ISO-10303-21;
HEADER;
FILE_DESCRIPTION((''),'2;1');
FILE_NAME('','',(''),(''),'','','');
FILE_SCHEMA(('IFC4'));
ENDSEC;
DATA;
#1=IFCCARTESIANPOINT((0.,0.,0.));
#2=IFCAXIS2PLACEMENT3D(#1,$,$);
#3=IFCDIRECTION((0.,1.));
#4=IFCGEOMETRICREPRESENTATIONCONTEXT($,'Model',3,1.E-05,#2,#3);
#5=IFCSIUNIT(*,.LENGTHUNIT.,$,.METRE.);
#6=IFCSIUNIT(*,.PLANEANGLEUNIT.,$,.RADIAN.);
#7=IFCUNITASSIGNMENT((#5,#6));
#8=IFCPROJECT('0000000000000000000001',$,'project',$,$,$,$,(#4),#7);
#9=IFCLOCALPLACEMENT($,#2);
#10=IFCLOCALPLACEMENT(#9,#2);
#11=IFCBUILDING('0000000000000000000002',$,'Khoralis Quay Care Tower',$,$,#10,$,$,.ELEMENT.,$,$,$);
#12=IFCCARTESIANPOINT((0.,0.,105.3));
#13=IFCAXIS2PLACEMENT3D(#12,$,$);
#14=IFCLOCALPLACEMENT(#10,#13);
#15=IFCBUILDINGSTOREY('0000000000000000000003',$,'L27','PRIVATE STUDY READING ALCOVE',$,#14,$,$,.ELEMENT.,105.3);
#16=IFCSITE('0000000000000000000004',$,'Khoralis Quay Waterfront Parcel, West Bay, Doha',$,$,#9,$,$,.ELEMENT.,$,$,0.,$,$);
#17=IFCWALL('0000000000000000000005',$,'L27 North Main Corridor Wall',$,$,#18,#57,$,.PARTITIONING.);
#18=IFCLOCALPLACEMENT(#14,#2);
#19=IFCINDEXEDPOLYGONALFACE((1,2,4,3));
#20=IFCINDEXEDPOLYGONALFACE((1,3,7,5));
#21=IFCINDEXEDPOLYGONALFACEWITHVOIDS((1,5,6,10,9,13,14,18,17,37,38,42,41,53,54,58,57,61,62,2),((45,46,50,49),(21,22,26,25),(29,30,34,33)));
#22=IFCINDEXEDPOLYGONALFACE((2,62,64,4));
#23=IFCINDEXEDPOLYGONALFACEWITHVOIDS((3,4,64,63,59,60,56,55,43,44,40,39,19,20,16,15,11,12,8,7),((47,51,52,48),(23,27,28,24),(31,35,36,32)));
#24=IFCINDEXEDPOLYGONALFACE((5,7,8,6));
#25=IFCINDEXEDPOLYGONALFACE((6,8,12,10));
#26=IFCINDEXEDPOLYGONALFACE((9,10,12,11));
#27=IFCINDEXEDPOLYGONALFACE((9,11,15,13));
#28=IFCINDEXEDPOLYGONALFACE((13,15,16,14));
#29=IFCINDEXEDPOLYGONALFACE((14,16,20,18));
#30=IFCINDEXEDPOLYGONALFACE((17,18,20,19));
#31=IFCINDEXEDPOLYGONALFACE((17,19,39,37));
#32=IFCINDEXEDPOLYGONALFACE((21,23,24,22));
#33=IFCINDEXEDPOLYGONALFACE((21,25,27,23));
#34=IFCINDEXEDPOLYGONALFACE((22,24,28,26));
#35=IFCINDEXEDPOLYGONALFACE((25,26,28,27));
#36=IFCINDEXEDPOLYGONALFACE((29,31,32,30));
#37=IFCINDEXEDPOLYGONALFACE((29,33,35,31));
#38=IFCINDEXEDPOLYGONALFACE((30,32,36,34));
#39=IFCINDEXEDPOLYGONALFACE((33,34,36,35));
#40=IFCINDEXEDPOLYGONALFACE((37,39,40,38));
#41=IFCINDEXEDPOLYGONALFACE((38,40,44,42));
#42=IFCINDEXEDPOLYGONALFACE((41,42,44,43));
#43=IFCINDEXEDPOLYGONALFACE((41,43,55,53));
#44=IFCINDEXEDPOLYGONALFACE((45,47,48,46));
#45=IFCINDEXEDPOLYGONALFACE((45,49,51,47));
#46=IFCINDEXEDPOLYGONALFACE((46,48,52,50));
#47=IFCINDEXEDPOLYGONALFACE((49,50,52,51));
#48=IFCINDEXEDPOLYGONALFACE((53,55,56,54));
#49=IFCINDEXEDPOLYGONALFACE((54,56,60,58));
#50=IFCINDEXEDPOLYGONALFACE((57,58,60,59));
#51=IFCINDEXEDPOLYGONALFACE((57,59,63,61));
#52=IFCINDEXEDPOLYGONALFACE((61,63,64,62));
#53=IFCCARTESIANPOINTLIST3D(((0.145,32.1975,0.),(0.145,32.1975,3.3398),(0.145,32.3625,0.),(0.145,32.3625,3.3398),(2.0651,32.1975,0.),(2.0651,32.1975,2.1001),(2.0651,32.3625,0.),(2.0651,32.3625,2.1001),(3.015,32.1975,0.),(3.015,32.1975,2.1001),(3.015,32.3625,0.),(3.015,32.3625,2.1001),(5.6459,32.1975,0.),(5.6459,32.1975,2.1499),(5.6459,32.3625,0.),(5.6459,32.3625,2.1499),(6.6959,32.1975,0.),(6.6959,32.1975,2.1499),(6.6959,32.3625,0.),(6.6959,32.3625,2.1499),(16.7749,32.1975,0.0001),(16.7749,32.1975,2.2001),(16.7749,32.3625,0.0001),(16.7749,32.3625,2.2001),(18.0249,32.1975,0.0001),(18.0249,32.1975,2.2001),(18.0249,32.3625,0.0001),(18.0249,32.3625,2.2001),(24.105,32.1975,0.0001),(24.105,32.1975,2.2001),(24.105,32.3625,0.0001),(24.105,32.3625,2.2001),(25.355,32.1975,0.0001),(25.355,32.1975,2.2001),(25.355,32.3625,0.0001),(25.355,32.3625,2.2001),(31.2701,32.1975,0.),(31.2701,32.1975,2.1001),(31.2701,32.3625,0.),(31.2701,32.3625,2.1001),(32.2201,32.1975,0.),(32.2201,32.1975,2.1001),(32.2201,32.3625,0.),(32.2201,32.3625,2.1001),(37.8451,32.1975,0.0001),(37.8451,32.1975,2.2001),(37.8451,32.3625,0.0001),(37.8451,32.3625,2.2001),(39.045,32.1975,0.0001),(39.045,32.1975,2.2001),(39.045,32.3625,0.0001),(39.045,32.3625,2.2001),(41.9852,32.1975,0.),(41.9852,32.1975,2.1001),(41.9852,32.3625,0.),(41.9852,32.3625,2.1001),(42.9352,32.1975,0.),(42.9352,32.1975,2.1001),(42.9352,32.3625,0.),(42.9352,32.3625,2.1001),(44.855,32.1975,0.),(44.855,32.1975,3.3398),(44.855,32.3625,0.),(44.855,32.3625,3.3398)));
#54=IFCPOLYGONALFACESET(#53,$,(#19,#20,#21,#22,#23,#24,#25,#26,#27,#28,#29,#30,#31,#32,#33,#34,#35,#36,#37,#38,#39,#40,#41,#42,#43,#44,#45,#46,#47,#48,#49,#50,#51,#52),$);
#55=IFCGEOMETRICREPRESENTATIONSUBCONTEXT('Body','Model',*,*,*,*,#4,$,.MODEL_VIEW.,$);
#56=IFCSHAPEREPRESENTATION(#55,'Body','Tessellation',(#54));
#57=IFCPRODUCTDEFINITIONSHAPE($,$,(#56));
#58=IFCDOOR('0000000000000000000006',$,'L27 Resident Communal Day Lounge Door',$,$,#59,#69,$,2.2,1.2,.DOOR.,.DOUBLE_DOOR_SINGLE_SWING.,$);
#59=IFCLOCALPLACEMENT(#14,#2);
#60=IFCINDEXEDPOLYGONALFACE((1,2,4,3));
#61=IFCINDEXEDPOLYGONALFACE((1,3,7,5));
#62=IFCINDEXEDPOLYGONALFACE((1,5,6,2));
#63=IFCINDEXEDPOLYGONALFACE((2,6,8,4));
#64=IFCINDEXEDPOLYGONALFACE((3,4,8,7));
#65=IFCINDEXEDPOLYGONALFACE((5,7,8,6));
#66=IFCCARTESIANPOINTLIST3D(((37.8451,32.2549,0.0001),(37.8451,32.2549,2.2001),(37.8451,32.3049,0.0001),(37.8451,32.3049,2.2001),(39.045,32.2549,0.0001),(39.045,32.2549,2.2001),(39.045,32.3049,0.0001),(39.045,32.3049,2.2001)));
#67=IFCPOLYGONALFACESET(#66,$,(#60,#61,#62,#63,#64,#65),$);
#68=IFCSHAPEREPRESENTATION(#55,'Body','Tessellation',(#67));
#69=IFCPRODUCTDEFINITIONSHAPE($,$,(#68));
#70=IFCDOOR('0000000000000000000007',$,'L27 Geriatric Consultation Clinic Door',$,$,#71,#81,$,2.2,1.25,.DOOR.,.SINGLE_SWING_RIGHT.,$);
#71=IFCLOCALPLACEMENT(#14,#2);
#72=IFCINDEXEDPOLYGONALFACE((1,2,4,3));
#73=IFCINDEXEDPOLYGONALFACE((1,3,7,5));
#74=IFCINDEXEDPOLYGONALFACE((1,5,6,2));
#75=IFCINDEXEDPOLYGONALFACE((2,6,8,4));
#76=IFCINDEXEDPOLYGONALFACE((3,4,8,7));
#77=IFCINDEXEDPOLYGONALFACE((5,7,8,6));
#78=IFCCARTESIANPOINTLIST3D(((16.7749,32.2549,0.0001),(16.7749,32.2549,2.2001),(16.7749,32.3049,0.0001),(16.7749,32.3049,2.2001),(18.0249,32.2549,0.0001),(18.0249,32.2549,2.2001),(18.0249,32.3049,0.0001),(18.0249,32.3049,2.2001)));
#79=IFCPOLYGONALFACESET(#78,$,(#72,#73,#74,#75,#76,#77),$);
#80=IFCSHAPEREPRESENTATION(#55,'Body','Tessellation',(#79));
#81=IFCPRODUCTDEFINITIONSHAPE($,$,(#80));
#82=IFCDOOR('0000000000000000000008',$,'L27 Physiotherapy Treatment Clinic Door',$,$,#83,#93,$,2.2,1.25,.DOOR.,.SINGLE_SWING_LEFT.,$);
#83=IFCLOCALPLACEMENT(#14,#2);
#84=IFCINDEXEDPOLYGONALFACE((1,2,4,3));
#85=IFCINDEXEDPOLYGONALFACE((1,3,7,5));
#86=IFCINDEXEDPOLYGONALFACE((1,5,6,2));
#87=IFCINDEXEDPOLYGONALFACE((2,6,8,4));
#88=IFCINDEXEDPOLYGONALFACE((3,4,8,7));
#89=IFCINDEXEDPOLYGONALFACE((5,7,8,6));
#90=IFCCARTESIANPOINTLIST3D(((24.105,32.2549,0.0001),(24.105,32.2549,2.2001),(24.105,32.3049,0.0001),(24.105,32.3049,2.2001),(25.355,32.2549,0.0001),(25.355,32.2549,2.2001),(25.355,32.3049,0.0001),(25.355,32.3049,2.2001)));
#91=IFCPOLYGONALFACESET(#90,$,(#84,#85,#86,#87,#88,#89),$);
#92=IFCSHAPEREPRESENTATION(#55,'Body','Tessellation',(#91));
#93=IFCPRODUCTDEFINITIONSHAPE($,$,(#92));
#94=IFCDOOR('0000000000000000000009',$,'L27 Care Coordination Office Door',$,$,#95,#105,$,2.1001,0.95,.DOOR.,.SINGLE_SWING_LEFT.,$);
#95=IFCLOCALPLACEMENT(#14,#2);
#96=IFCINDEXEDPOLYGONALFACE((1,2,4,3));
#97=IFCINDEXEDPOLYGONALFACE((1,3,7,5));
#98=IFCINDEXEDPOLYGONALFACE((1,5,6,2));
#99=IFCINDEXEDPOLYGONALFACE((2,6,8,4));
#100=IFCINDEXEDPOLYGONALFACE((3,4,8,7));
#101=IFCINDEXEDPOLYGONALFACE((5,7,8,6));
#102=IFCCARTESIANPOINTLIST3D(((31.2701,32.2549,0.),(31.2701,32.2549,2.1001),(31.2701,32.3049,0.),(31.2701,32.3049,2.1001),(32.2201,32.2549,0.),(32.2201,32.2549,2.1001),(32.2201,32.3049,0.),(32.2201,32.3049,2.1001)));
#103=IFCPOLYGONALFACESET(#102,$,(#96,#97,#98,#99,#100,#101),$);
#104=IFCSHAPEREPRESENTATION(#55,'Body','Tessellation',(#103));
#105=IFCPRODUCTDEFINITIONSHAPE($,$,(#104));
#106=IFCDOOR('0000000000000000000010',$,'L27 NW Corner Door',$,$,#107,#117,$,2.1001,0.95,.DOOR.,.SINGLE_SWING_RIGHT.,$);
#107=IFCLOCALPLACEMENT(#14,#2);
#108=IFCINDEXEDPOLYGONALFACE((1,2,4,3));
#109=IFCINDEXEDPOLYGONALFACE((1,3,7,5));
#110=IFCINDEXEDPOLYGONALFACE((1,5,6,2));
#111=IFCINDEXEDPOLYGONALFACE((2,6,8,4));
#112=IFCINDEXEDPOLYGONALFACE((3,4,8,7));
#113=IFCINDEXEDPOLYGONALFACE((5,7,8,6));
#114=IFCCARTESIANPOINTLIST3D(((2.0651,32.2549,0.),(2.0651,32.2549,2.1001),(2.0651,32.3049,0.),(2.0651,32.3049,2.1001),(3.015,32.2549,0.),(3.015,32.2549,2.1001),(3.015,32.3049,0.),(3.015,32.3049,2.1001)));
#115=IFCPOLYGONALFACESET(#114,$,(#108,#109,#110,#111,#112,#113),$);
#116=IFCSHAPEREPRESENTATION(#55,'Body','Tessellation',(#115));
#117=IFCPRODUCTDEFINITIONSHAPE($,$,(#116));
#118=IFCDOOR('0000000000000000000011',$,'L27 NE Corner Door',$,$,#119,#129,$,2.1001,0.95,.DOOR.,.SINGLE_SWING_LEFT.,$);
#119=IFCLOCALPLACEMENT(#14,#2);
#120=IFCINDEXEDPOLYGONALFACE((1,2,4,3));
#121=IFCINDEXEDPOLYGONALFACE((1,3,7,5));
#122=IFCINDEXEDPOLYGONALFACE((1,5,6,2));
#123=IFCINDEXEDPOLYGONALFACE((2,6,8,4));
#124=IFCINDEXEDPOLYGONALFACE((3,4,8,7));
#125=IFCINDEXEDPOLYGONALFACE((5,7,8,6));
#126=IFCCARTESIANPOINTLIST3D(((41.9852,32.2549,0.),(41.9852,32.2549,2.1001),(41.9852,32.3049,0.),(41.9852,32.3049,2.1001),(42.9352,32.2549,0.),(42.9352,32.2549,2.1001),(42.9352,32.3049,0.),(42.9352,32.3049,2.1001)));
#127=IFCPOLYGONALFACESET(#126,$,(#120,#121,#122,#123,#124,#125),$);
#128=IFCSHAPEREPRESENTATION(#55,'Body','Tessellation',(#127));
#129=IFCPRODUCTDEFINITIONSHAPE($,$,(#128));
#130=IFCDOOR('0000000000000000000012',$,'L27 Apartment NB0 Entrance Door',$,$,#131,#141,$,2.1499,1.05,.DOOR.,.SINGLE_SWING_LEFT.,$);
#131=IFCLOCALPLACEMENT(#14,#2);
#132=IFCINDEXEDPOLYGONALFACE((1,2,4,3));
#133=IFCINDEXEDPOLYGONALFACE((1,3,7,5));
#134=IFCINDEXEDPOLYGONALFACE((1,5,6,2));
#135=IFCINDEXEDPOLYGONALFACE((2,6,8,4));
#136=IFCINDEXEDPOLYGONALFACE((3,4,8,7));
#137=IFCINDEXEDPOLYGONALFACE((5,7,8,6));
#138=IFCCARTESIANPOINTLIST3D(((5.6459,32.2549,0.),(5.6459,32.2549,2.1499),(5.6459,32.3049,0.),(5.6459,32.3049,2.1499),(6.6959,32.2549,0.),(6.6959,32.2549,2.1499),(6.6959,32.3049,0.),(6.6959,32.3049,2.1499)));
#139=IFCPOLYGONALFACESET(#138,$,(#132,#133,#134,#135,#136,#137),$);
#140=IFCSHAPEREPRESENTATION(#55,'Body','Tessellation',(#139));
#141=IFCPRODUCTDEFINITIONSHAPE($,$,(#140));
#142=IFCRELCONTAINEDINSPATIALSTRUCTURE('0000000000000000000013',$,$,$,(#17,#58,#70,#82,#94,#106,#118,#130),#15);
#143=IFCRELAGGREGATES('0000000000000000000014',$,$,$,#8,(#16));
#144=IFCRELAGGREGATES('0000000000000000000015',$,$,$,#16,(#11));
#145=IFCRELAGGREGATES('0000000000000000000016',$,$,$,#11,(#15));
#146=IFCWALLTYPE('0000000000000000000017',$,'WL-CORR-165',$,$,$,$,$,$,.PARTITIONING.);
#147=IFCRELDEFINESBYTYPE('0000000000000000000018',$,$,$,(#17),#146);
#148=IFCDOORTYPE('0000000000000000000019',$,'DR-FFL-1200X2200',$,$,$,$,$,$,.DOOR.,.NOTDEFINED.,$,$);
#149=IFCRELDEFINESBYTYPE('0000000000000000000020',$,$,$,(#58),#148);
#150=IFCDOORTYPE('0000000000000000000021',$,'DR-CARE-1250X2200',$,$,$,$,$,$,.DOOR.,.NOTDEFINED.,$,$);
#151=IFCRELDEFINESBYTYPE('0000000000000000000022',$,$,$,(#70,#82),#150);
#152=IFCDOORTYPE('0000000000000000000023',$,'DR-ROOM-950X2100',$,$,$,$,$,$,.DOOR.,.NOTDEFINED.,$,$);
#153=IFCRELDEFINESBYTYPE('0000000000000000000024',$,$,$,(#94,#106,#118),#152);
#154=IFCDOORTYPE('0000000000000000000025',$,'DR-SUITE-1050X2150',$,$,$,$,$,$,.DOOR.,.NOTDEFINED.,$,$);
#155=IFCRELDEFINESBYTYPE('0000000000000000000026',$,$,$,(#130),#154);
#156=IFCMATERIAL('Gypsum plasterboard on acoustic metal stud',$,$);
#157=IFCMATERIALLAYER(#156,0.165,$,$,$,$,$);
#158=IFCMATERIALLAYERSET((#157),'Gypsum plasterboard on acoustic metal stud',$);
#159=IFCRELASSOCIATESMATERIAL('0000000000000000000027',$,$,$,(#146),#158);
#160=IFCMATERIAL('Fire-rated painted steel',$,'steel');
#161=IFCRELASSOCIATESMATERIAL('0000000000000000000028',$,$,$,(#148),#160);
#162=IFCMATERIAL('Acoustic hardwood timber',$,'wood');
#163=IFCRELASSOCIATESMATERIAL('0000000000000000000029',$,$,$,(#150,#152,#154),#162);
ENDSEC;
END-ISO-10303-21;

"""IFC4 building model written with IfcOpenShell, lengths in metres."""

from ifc_helpers import new_model, si_unit, direction, frame, frame_2d, origin, place, context, subcontext, project, spatial, rectangle, extrude, source, transform, mapped, material, layer, layer_set, type_object, element, fill, save


model = new_model("IFC4")

# Units and contexts
model_context = context("Model", 3, precision=1e-05, world=origin(), true_north=direction((0.0, 1.0)))
body_context = subcontext(model_context, "Body", "Model", "MODEL_VIEW")
ifc_project = project(units=[si_unit("LENGTHUNIT", "METRE"), si_unit("PLANEANGLEUNIT", "RADIAN")], contexts=[model_context])

# Site, building, storey
site_placement = place(None, origin())
site = spatial("IfcSite", under=ifc_project, at=site_placement, Name="Khoralis Quay Waterfront Parcel, West Bay, Doha", CompositionType="ELEMENT", RefElevation=0.0)
building_placement = place(site_placement, origin())
building = spatial("IfcBuilding", under=site, at=building_placement, Name="Khoralis Quay Care Tower", CompositionType="ELEMENT")
storey_placement = place(building_placement, frame((0.0, 0.0, 105.3)))
storey = spatial("IfcBuildingStorey", under=building, at=storey_placement, Name="L27", Description="PRIVATE STUDY READING ALCOVE", CompositionType="ELEMENT", Elevation=105.3)

# Wall, openings, doors
ifc_material_1 = material(Name="Gypsum plasterboard on acoustic metal stud")
ifc_layer_1 = layer(ifc_material_1, 0.165)
ifc_layer_set_1 = layer_set([ifc_layer_1], Name="Gypsum plasterboard on acoustic metal stud")
wall_type_1 = type_object("IfcWallType", Name="WL-CORR-165", PredefinedType="PARTITIONING", material=ifc_layer_set_1)
wall_1_placement = place(storey_placement, frame((0.145, 32.28, 0.0), z_axis=(0.0, 0.0, 1.0), x_axis=(1.0, 0.0, 0.0)))
wall_1 = element("IfcWall", 1, at=wall_1_placement, inside=storey, type_object=wall_type_1, Name="L27 North Main Corridor Wall", PredefinedType="PARTITIONING", context=body_context, shape_type="SweptSolid", body=[
    extrude(rectangle(XDim=44.71, YDim=0.165, at=frame_2d((22.355, 0.0))), origin(), (0.0, 0.0, 1.0), 3.3398),
])
opening_1_placement = place(wall_1_placement, frame((5.501, 0.0, 0.0)))
opening_1 = element("IfcOpeningElement", 2, at=opening_1_placement, cuts=wall_1, PredefinedType="OPENING", context=body_context, shape_type="SweptSolid", body=[
    extrude(rectangle(XDim=1.05, YDim=2.1499, at=frame_2d((0.5249, 1.075))), frame((0.0, 0.0925, 0.0), z_axis=(0.0, -1.0, 0.0), x_axis=(1.0, 0.0, 0.0)), (0.0, 0.0, 1.0), 0.1851),
])
opening_2_placement = place(wall_1_placement, frame((16.6299, 0.0, 0.0)))
opening_2 = element("IfcOpeningElement", 3, at=opening_2_placement, cuts=wall_1, PredefinedType="OPENING", context=body_context, shape_type="SweptSolid", body=[
    extrude(rectangle(XDim=1.25, YDim=2.2, at=frame_2d((0.625, 1.1001))), frame((0.0, 0.0925, 0.0), z_axis=(0.0, -1.0, 0.0), x_axis=(1.0, 0.0, 0.0)), (0.0, 0.0, 1.0), 0.1851),
])
opening_3_placement = place(wall_1_placement, frame((23.96, 0.0, 0.0)))
opening_3 = element("IfcOpeningElement", 4, at=opening_3_placement, cuts=wall_1, PredefinedType="OPENING", context=body_context, shape_type="SweptSolid", body=[
    extrude(rectangle(XDim=1.25, YDim=2.2, at=frame_2d((0.625, 1.1001))), frame((0.0, 0.0925, 0.0), z_axis=(0.0, -1.0, 0.0), x_axis=(1.0, 0.0, 0.0)), (0.0, 0.0, 1.0), 0.1851),
])
opening_4_placement = place(wall_1_placement, frame((31.125, 0.0, 0.0)))
opening_4 = element("IfcOpeningElement", 5, at=opening_4_placement, cuts=wall_1, PredefinedType="OPENING", context=body_context, shape_type="SweptSolid", body=[
    extrude(rectangle(XDim=0.95, YDim=2.1001, at=frame_2d((0.4751, 1.05))), frame((0.0, 0.0925, 0.0), z_axis=(0.0, -1.0, 0.0), x_axis=(1.0, 0.0, 0.0)), (0.0, 0.0, 1.0), 0.1851),
])
opening_5_placement = place(wall_1_placement, frame((37.7, 0.0, 0.0)))
opening_5 = element("IfcOpeningElement", 6, at=opening_5_placement, cuts=wall_1, PredefinedType="OPENING", context=body_context, shape_type="SweptSolid", body=[
    extrude(rectangle(XDim=1.2, YDim=2.2, at=frame_2d((0.6001, 1.1001))), frame((0.0, 0.0925, 0.0), z_axis=(0.0, -1.0, 0.0), x_axis=(1.0, 0.0, 0.0)), (0.0, 0.0, 1.0), 0.1851),
])
opening_6_placement = place(wall_1_placement, frame((1.9199, 0.0, 0.0)))
opening_6 = element("IfcOpeningElement", 7, at=opening_6_placement, cuts=wall_1, PredefinedType="OPENING", context=body_context, shape_type="SweptSolid", body=[
    extrude(rectangle(XDim=0.95, YDim=2.1001, at=frame_2d((0.4751, 1.05))), frame((0.0, 0.0925, 0.0), z_axis=(0.0, -1.0, 0.0), x_axis=(1.0, 0.0, 0.0)), (0.0, 0.0, 1.0), 0.1851),
])
opening_7_placement = place(wall_1_placement, frame((41.8401, 0.0, 0.0)))
opening_7 = element("IfcOpeningElement", 8, at=opening_7_placement, cuts=wall_1, PredefinedType="OPENING", context=body_context, shape_type="SweptSolid", body=[
    extrude(rectangle(XDim=0.95, YDim=2.1001, at=frame_2d((0.4751, 1.05))), frame((0.0, 0.0925, 0.0), z_axis=(0.0, -1.0, 0.0), x_axis=(1.0, 0.0, 0.0)), (0.0, 0.0, 1.0), 0.1851),
])
ifc_material_2 = material(Name="Fire-rated painted steel", Category="steel")
door_type_1 = type_object("IfcDoorType", Name="DR-FFL-1200X2200", OperationType="NOTDEFINED", PredefinedType="DOOR", material=ifc_material_2)
shared_shape_1 = source(origin(), body_context, "Body", "SweptSolid", [
    extrude(rectangle(XDim=1.2, YDim=2.2, at=frame_2d((0.6001, 1.1001))), frame((0.0, 0.0249, 0.0), z_axis=(0.0, -1.0, 0.0), x_axis=(1.0, 0.0, 0.0)), (0.0, 0.0, 1.0), 0.05),
])
door_1_placement = place(opening_5_placement, origin())
door_1 = element("IfcDoor", 9, at=door_1_placement, inside=storey, type_object=door_type_1, Name="L27 Resident Communal Day Lounge Door", OperationType="DOUBLE_DOOR_SINGLE_SWING", OverallHeight=2.2, OverallWidth=1.2, PredefinedType="DOOR", context=body_context, shape_type="MappedRepresentation", body=[
    mapped(shared_shape_1, transform((0.0, 0.0, 0.0), scale=1.0)),
])
fill(opening_5, door_1)
ifc_material_3 = material(Name="Acoustic hardwood timber", Category="wood")
door_type_2 = type_object("IfcDoorType", Name="DR-CARE-1250X2200", OperationType="NOTDEFINED", PredefinedType="DOOR", material=ifc_material_3)
shared_shape_2 = source(origin(), body_context, "Body", "SweptSolid", [
    extrude(rectangle(XDim=1.25, YDim=2.2, at=frame_2d((0.625, 1.1001))), frame((0.0, 0.0249, 0.0), z_axis=(0.0, -1.0, 0.0), x_axis=(1.0, 0.0, 0.0)), (0.0, 0.0, 1.0), 0.05),
])
door_2_placement = place(opening_2_placement, origin())
door_2 = element("IfcDoor", 10, at=door_2_placement, inside=storey, type_object=door_type_2, Name="L27 Geriatric Consultation Clinic Door", OperationType="SINGLE_SWING_RIGHT", OverallHeight=2.2, OverallWidth=1.25, PredefinedType="DOOR", context=body_context, shape_type="MappedRepresentation", body=[
    mapped(shared_shape_2, transform((0.0, 0.0, 0.0), scale=1.0)),
])
fill(opening_2, door_2)
door_3_placement = place(opening_3_placement, origin())
door_3 = element("IfcDoor", 11, at=door_3_placement, inside=storey, type_object=door_type_2, Name="L27 Physiotherapy Treatment Clinic Door", OperationType="SINGLE_SWING_LEFT", OverallHeight=2.2, OverallWidth=1.25, PredefinedType="DOOR", context=body_context, shape_type="MappedRepresentation", body=[
    mapped(shared_shape_2, transform((0.0, 0.0, 0.0), scale=1.0)),
])
fill(opening_3, door_3)
door_type_3 = type_object("IfcDoorType", Name="DR-ROOM-950X2100", OperationType="NOTDEFINED", PredefinedType="DOOR", material=ifc_material_3)
shared_shape_3 = source(origin(), body_context, "Body", "SweptSolid", [
    extrude(rectangle(XDim=0.95, YDim=2.1001, at=frame_2d((0.4751, 1.05))), frame((0.0, 0.0249, 0.0), z_axis=(0.0, -1.0, 0.0), x_axis=(1.0, 0.0, 0.0)), (0.0, 0.0, 1.0), 0.05),
])
door_4_placement = place(opening_4_placement, origin())
door_4 = element("IfcDoor", 12, at=door_4_placement, inside=storey, type_object=door_type_3, Name="L27 Care Coordination Office Door", OperationType="SINGLE_SWING_LEFT", OverallHeight=2.1001, OverallWidth=0.95, PredefinedType="DOOR", context=body_context, shape_type="MappedRepresentation", body=[
    mapped(shared_shape_3, transform((0.0, 0.0, 0.0), scale=1.0)),
])
fill(opening_4, door_4)
door_5_placement = place(opening_6_placement, origin())
door_5 = element("IfcDoor", 13, at=door_5_placement, inside=storey, type_object=door_type_3, Name="L27 NW Corner Door", OperationType="SINGLE_SWING_RIGHT", OverallHeight=2.1001, OverallWidth=0.95, PredefinedType="DOOR", context=body_context, shape_type="MappedRepresentation", body=[
    mapped(shared_shape_3, transform((0.0, 0.0, 0.0), scale=1.0)),
])
fill(opening_6, door_5)
door_6_placement = place(opening_7_placement, origin())
door_6 = element("IfcDoor", 14, at=door_6_placement, inside=storey, type_object=door_type_3, Name="L27 NE Corner Door", OperationType="SINGLE_SWING_LEFT", OverallHeight=2.1001, OverallWidth=0.95, PredefinedType="DOOR", context=body_context, shape_type="MappedRepresentation", body=[
    mapped(shared_shape_3, transform((0.0, 0.0, 0.0), scale=1.0)),
])
fill(opening_7, door_6)
door_type_4 = type_object("IfcDoorType", Name="DR-SUITE-1050X2150", OperationType="NOTDEFINED", PredefinedType="DOOR", material=ifc_material_3)
shared_shape_4 = source(origin(), body_context, "Body", "SweptSolid", [
    extrude(rectangle(XDim=1.05, YDim=2.1499, at=frame_2d((0.5249, 1.075))), frame((0.0, 0.0249, 0.0), z_axis=(0.0, -1.0, 0.0), x_axis=(1.0, 0.0, 0.0)), (0.0, 0.0, 1.0), 0.05),
])
door_7_placement = place(opening_1_placement, origin())
door_7 = element("IfcDoor", 15, at=door_7_placement, inside=storey, type_object=door_type_4, Name="L27 Apartment NB0 Entrance Door", OperationType="SINGLE_SWING_LEFT", OverallHeight=2.1499, OverallWidth=1.05, PredefinedType="DOOR", context=body_context, shape_type="MappedRepresentation", body=[
    mapped(shared_shape_4, transform((0.0, 0.0, 0.0), scale=1.0)),
])
fill(opening_1, door_7)

save(model, "model.ifc")
